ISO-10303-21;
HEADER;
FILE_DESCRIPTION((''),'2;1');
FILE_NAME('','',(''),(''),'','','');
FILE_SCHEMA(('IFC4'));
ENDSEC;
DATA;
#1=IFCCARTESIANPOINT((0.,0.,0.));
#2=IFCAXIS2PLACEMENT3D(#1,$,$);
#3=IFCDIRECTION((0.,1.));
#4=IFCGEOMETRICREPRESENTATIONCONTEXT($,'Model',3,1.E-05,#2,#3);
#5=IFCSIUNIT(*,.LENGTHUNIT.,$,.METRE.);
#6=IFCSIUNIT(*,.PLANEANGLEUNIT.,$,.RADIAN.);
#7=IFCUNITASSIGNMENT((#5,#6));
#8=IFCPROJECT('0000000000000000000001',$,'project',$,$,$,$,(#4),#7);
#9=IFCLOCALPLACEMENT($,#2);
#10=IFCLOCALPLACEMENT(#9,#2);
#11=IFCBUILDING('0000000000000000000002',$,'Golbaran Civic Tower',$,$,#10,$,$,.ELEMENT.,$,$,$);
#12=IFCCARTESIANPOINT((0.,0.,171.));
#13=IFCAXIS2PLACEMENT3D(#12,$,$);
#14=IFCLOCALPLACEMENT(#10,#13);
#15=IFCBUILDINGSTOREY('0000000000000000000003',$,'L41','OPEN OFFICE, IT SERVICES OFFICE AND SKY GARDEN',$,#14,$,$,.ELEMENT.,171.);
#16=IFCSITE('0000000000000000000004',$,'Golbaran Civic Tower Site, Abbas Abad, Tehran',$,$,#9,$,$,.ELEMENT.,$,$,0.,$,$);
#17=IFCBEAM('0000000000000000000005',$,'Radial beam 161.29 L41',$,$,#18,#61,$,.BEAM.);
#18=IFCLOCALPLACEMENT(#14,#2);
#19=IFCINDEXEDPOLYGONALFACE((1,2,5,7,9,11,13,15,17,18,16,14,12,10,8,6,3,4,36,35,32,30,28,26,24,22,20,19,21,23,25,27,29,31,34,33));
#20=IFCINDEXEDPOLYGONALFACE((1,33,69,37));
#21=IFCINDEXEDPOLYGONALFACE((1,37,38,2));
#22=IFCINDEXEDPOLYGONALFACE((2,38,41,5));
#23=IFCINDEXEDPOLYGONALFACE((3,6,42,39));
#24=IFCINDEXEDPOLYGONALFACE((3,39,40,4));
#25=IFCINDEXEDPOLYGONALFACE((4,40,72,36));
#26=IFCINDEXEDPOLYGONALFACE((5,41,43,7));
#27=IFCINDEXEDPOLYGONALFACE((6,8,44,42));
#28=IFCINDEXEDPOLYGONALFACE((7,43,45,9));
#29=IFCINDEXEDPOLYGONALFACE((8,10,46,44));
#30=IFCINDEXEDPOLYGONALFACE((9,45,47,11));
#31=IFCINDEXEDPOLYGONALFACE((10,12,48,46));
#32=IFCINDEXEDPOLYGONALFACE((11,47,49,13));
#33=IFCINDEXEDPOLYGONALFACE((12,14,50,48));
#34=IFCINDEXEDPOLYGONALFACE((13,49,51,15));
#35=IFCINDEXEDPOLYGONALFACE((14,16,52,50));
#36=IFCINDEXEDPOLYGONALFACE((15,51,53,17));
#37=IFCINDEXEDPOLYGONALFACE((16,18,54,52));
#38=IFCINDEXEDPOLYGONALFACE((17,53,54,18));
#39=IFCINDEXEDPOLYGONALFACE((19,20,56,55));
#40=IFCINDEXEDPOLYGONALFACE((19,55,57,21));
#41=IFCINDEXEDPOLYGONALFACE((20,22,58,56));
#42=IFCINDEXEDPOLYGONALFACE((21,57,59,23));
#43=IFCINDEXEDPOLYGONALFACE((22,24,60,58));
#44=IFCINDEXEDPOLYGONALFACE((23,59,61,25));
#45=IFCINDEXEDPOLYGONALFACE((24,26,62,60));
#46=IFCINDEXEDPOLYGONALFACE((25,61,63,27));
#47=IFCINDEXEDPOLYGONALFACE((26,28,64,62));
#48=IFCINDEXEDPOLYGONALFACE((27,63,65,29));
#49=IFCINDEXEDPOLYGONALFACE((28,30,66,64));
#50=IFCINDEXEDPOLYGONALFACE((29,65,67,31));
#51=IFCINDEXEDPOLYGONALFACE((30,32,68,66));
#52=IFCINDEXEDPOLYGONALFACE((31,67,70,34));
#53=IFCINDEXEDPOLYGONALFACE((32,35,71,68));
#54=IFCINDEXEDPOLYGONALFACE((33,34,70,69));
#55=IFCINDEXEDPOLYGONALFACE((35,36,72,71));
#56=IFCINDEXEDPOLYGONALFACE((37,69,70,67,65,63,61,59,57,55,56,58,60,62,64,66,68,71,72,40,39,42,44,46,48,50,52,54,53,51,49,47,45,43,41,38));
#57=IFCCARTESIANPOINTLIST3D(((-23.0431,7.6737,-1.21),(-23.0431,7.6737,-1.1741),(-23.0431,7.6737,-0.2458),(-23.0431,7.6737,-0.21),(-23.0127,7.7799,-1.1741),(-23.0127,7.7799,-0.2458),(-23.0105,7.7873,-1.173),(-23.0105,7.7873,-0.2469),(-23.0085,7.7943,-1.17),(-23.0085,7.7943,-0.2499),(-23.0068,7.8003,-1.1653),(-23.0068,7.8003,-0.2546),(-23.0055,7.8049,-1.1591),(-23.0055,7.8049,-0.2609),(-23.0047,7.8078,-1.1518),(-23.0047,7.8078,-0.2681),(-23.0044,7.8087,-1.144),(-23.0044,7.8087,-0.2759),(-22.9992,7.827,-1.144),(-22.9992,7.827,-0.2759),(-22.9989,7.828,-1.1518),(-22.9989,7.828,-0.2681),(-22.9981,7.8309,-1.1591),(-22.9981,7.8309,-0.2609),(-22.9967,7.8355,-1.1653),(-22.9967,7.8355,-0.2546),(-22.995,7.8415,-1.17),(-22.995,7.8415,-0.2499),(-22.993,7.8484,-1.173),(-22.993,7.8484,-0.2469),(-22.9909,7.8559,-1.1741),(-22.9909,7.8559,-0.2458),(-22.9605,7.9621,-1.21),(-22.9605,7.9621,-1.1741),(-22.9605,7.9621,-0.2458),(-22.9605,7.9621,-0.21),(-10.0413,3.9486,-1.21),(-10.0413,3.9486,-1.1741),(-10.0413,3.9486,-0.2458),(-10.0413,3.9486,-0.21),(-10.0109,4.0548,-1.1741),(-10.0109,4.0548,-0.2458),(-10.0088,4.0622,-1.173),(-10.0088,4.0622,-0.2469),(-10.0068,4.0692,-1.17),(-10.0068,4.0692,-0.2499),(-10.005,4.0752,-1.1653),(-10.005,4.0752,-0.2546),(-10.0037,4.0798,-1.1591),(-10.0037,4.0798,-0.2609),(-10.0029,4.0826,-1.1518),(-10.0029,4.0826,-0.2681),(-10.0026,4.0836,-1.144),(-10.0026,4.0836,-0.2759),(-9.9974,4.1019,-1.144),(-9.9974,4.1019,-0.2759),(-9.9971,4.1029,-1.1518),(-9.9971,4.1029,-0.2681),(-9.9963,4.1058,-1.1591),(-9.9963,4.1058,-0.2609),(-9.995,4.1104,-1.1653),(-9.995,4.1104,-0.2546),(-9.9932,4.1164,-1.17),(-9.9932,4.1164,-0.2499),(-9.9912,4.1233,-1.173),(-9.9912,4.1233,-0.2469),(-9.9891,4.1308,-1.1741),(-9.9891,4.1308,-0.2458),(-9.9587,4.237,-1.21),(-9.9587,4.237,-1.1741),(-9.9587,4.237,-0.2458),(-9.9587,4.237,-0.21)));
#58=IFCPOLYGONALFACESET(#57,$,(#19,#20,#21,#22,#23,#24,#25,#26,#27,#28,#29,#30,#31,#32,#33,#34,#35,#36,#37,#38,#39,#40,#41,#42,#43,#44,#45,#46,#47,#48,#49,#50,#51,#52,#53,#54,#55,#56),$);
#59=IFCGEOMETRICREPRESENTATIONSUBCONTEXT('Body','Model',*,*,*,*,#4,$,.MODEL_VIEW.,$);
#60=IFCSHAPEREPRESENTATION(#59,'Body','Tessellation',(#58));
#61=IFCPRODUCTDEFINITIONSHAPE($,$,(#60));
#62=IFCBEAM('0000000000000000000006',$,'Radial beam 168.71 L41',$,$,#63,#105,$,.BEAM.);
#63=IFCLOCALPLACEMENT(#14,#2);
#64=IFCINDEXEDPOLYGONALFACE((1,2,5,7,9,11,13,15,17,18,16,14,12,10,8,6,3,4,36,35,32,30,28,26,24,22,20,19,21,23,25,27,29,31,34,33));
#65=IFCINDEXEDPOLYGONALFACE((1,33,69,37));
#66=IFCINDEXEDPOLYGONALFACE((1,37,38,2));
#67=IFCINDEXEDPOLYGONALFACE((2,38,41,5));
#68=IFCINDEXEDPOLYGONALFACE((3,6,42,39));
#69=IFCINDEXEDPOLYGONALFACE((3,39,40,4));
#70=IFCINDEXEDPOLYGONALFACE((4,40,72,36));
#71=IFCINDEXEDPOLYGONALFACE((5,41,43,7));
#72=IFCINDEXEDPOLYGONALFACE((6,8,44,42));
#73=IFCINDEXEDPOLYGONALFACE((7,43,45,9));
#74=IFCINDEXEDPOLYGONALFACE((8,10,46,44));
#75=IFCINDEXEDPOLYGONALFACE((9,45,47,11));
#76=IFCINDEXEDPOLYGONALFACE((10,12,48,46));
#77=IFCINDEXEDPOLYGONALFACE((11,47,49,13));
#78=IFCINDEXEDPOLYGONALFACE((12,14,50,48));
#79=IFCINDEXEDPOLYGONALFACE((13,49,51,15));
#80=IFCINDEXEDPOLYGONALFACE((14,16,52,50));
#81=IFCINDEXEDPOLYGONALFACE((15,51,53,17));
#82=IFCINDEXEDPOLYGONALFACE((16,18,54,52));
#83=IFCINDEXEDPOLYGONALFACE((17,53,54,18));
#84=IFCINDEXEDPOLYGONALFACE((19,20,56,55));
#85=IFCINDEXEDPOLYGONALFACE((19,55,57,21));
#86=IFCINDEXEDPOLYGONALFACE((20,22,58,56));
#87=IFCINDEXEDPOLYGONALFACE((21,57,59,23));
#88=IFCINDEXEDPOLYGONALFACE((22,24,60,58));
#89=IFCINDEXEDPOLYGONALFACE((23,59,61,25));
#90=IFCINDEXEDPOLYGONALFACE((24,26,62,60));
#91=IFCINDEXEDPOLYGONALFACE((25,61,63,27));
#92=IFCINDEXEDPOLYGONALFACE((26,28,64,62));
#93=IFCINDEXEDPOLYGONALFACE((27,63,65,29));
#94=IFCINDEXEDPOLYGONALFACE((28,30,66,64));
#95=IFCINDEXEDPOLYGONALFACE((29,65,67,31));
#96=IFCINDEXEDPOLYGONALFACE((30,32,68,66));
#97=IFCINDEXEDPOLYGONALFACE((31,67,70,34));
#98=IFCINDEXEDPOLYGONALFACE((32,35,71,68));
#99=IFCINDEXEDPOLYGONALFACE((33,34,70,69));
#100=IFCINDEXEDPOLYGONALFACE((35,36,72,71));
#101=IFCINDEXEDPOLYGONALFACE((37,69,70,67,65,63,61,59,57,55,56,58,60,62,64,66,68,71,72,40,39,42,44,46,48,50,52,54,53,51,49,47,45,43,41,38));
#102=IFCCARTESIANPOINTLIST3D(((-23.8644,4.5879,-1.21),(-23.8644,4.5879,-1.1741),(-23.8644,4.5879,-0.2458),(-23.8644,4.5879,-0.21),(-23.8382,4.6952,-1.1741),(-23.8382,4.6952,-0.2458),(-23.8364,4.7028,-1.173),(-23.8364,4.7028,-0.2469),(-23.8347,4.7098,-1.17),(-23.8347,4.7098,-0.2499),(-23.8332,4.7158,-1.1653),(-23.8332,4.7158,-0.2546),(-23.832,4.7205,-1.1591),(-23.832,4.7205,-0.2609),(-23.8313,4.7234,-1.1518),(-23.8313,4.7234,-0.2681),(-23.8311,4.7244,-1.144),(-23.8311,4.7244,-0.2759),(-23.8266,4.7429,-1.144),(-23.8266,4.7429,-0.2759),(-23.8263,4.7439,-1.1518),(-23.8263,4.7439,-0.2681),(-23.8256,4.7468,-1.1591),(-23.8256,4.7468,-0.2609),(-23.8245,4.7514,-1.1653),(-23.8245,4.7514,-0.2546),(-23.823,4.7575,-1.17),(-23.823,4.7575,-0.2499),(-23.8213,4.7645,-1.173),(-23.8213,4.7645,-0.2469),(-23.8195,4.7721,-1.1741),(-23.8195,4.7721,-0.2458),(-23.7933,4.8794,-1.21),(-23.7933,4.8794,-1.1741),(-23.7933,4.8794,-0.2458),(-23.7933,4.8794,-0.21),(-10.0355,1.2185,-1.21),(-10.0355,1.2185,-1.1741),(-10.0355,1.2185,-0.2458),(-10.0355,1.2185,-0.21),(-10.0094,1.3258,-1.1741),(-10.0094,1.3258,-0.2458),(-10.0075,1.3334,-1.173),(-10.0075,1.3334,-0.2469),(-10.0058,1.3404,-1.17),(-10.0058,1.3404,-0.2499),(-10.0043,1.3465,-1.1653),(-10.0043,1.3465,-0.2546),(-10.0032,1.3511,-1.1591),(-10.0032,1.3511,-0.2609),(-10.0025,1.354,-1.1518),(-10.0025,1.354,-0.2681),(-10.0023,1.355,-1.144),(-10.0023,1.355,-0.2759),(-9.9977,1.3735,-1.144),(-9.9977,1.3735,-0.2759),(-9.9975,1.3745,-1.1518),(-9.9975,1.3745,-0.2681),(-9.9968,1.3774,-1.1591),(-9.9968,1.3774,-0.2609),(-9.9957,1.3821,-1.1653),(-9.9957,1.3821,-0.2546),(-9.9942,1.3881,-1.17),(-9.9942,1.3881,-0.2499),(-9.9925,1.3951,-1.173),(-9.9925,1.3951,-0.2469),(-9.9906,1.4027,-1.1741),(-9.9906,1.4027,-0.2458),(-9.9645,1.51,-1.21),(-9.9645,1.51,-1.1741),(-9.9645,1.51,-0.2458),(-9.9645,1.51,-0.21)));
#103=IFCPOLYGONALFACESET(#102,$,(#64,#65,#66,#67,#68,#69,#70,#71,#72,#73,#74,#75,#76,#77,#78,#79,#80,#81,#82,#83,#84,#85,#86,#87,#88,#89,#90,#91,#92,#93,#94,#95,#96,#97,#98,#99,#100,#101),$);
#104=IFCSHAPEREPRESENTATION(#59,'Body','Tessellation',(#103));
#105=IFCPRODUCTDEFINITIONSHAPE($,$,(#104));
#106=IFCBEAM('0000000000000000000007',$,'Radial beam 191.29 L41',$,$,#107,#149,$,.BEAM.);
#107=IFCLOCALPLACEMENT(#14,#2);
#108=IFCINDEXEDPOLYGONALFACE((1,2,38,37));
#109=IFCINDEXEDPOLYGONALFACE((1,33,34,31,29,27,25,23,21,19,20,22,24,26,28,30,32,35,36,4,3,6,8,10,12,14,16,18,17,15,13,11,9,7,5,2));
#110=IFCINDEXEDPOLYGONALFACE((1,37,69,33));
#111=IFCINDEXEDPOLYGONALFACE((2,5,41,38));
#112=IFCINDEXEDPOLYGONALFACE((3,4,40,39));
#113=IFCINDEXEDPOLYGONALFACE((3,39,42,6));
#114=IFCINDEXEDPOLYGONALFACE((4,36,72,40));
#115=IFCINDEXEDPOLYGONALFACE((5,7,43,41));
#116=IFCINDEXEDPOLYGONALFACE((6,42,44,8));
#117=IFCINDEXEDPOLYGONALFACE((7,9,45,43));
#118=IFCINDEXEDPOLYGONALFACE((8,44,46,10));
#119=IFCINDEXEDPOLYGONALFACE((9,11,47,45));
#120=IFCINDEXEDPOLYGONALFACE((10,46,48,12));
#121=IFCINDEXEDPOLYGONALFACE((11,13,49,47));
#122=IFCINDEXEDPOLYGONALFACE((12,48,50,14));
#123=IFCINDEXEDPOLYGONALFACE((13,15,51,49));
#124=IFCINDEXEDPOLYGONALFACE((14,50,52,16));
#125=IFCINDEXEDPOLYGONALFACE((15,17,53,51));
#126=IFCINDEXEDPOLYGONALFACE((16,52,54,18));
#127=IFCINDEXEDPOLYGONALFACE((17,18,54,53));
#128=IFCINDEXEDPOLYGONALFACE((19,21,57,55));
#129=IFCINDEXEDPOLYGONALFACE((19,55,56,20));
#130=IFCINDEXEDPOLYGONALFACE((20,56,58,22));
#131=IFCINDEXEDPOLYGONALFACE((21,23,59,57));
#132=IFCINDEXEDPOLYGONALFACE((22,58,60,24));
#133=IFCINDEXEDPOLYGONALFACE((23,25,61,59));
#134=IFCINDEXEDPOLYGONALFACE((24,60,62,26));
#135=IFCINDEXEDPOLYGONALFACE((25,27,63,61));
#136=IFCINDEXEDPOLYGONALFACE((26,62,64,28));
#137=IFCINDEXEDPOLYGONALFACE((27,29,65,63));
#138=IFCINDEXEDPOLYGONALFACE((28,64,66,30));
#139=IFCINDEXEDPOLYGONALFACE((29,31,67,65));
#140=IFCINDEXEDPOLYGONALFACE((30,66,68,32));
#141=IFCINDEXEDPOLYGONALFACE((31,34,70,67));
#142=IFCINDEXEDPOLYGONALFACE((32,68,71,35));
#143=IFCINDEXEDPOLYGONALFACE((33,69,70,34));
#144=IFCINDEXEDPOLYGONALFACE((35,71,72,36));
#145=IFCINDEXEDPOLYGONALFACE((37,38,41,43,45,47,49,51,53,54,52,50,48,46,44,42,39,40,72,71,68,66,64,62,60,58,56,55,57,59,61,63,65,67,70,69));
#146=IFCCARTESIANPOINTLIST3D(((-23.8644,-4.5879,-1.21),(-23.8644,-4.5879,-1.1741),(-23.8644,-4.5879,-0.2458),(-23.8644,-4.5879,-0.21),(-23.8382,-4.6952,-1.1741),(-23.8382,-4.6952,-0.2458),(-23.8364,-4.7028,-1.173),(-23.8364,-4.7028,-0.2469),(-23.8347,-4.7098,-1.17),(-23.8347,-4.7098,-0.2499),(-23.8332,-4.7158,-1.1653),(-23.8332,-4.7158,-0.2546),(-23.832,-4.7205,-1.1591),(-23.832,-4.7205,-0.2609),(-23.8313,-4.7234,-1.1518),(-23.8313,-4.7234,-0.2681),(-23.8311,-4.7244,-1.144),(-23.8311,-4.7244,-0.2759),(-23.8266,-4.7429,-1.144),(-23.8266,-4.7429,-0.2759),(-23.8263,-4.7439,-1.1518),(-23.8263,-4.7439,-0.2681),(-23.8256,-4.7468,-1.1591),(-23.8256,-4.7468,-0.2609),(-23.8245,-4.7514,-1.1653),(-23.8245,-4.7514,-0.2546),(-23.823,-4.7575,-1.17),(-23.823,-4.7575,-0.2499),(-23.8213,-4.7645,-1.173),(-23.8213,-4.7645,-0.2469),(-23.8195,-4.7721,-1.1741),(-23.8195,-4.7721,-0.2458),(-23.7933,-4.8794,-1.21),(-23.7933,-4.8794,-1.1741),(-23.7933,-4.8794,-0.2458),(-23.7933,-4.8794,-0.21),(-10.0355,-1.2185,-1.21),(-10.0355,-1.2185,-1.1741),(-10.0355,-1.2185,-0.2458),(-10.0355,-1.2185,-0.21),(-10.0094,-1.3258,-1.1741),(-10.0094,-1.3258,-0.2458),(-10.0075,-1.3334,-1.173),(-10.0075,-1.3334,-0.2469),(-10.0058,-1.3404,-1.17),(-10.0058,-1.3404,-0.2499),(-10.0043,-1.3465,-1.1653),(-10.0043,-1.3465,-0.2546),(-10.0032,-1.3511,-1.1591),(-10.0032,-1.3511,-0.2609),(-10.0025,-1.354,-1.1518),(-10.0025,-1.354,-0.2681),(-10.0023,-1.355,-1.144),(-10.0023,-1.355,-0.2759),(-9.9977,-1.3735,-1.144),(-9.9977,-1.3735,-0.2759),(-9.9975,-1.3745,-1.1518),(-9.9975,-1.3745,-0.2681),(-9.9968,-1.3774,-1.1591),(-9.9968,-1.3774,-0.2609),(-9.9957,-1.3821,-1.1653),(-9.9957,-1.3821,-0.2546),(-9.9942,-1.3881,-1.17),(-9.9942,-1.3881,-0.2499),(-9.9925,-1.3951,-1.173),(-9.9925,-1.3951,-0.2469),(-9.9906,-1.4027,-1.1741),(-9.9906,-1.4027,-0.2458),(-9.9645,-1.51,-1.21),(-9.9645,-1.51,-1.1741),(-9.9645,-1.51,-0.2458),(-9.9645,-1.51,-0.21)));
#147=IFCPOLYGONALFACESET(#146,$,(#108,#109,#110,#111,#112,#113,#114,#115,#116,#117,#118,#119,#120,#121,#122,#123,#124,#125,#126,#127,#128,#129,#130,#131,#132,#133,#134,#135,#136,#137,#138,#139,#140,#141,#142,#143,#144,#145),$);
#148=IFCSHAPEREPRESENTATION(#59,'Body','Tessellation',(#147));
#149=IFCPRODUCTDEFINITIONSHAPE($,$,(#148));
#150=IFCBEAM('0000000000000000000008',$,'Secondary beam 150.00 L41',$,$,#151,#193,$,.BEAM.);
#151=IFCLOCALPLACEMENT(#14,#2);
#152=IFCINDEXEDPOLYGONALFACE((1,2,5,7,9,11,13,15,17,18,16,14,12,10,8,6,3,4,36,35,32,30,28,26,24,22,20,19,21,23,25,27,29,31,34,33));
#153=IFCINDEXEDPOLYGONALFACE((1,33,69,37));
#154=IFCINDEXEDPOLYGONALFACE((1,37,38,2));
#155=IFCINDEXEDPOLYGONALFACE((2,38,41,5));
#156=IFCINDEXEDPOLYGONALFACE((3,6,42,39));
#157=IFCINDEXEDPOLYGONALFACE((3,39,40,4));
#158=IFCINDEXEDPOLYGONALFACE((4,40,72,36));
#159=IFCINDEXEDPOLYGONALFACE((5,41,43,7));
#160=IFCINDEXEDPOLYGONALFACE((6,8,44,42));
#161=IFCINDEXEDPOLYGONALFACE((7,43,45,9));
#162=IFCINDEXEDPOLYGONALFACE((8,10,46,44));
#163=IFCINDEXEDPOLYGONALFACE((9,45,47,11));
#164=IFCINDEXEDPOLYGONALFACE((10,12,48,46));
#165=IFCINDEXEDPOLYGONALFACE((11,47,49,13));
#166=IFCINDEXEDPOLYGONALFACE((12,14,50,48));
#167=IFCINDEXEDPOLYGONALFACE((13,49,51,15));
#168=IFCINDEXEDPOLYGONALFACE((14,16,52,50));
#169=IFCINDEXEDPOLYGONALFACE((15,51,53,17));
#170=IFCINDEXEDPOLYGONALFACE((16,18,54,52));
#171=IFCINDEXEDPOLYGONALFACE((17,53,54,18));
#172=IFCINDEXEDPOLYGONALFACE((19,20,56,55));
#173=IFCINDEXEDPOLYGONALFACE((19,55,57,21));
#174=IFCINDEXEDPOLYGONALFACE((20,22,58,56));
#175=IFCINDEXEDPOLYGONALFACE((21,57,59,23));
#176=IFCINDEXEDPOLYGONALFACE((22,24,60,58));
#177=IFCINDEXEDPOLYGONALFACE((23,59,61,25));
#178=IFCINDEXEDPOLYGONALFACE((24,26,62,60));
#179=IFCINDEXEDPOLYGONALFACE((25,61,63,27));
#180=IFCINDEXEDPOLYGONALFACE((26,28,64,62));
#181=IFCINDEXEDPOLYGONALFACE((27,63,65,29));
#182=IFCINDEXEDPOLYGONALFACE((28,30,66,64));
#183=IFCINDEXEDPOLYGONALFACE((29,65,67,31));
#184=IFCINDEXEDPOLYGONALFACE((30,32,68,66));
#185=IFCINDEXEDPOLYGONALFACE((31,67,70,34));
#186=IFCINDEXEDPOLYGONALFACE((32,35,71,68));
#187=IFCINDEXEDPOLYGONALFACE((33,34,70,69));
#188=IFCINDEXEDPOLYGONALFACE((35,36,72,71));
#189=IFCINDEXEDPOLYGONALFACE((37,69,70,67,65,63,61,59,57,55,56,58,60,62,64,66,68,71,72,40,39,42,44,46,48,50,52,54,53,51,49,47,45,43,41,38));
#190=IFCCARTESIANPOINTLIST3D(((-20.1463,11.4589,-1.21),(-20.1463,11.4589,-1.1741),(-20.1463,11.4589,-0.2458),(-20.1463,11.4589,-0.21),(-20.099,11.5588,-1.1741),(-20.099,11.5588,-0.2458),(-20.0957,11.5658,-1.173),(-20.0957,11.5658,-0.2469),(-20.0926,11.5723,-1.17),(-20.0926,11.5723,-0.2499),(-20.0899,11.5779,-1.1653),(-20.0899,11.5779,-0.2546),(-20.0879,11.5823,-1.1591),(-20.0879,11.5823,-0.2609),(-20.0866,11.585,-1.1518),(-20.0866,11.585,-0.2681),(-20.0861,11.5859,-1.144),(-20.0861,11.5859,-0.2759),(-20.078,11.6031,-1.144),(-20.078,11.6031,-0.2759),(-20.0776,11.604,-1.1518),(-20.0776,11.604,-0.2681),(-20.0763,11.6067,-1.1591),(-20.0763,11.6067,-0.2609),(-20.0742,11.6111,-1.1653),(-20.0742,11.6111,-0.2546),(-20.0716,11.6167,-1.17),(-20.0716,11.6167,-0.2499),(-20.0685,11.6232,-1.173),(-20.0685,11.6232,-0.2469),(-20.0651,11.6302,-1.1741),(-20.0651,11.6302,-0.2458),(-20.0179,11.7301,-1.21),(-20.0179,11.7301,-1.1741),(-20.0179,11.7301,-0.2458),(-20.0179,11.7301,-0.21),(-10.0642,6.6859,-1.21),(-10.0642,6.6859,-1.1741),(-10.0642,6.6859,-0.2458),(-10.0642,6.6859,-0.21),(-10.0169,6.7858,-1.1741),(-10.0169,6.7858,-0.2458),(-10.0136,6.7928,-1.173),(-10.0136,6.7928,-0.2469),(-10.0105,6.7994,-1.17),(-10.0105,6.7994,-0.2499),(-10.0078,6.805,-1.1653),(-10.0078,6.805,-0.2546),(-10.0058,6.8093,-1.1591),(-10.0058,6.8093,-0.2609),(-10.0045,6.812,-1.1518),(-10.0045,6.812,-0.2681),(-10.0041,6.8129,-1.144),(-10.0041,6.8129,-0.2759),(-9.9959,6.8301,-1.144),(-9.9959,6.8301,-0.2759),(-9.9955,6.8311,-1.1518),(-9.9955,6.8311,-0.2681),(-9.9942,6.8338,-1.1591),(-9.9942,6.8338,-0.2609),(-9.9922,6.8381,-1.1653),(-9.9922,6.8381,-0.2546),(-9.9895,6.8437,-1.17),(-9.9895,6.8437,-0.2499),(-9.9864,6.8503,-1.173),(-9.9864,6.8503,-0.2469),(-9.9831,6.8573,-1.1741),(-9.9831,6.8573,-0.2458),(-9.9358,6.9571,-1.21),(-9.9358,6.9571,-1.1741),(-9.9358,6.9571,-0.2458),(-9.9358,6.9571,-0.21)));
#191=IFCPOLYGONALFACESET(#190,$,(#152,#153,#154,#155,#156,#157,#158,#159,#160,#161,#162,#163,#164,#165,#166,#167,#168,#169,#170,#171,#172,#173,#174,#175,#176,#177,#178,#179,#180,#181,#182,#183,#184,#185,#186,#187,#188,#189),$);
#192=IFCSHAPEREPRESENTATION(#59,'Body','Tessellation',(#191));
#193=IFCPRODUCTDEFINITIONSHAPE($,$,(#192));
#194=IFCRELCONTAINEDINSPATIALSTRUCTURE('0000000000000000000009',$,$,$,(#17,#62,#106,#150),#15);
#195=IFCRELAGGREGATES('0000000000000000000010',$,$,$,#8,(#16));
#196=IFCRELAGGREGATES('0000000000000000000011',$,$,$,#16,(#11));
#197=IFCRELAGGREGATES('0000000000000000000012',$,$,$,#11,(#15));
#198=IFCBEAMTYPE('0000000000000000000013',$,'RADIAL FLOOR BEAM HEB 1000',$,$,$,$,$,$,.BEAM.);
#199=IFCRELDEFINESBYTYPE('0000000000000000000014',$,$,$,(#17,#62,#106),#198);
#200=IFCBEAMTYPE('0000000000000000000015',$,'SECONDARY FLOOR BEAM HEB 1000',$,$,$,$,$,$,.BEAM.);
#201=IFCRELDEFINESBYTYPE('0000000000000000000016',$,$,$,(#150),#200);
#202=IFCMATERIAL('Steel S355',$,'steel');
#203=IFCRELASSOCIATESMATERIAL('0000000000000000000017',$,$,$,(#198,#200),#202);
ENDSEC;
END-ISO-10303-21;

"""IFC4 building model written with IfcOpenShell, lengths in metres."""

from ifc_helpers import new_model, si_unit, direction, frame, origin, origin_2d, place, context, subcontext, project, spatial, i_section, extrude, material, material_profile, profile_set, type_object, element, save


model = new_model("IFC4")

# Units and contexts
model_context = context("Model", 3, precision=1e-05, world=origin(), true_north=direction((0.0, 1.0)))
body_context = subcontext(model_context, "Body", "Model", "MODEL_VIEW")
ifc_project = project(units=[si_unit("LENGTHUNIT", "METRE"), si_unit("PLANEANGLEUNIT", "RADIAN")], contexts=[model_context])

# Site, building, storey
site_placement = place(None, origin())
site = spatial("IfcSite", under=ifc_project, at=site_placement, Name="Golbaran Civic Tower Site, Abbas Abad, Tehran", CompositionType="ELEMENT", RefElevation=0.0)
building_placement = place(site_placement, origin())
building = spatial("IfcBuilding", under=site, at=building_placement, Name="Golbaran Civic Tower", CompositionType="ELEMENT")
storey_placement = place(building_placement, frame((0.0, 0.0, 171.0)))
storey = spatial("IfcBuildingStorey", under=building, at=storey_placement, Name="L41", Description="OPEN OFFICE, IT SERVICES OFFICE AND SKY GARDEN", CompositionType="ELEMENT", Elevation=171.0)

# Beams
ifc_material_1 = material(Name="Steel S355", Category="steel")
ifc_material_profile_1 = material_profile(ifc_material_1, i_section(OverallWidth=0.3, OverallDepth=1.0, WebThickness=0.019, FlangeThickness=0.0359, FilletRadius=0.03, at=origin_2d()), Name="HEB 1000")
ifc_profile_set_1 = profile_set([ifc_material_profile_1], Name="Steel S355")
beam_type_1 = type_object("IfcBeamType", Name="RADIAL FLOOR BEAM HEB 1000", PredefinedType="BEAM", material=ifc_profile_set_1)
beam_1_placement = place(storey_placement, frame((-10.0, 4.0928, -0.71), z_axis=(-0.961322, 0.275427, 0.0), x_axis=(-0.275427, -0.961322, 0.0)))
element("IfcBeam", 1, at=beam_1_placement, inside=storey, type_object=beam_type_1, Name="Radial beam 161.29 L41", PredefinedType="BEAM", context=body_context, shape_type="SweptSolid", body=[
    extrude(i_section(OverallWidth=0.3, OverallDepth=1.0, WebThickness=0.019, FlangeThickness=0.0359, FilletRadius=0.03, at=origin_2d()), origin(), (0.0, 0.0, 1.0), 13.5249),
])
for number, where, z_axis, x_axis, name in (
    (2, (-10.0, 1.3643, -0.71), (-0.971577, 0.236724, 0.0), (-0.236724, -0.971577, 0.0), "Radial beam 168.71 L41"),
    (3, (-10.0, -1.3643, -0.71), (-0.971577, -0.236724, 0.0), (0.236724, -0.971577, 0.0), "Radial beam 191.29 L41"),
):
    element("IfcBeam", number, at=place(storey_placement, frame(where, z_axis=z_axis, x_axis=x_axis)), inside=storey, type_object=beam_type_1, Name=name, PredefinedType="BEAM", context=body_context, shape_type="SweptSolid", body=[
        extrude(i_section(OverallWidth=0.3, OverallDepth=1.0, WebThickness=0.019, FlangeThickness=0.0359, FilletRadius=0.03, at=origin_2d()), origin(), (0.0, 0.0, 1.0), 14.2334),
    ])
ifc_material_profile_2 = material_profile(ifc_material_1, i_section(OverallWidth=0.3, OverallDepth=1.0, WebThickness=0.019, FlangeThickness=0.0359, FilletRadius=0.03, at=origin_2d()), Name="HEB 1000")
ifc_profile_set_2 = profile_set([ifc_material_profile_2], Name="Steel S355")
beam_type_2 = type_object("IfcBeamType", Name="SECONDARY FLOOR BEAM HEB 1000", PredefinedType="BEAM", material=ifc_profile_set_2)
beam_2_placement = place(storey_placement, frame((-10.0, 6.8215, -0.71), z_axis=(-0.903833, 0.427885, 0.0), x_axis=(-0.427885, -0.903833, 0.0)))
element("IfcBeam", 4, at=beam_2_placement, inside=storey, type_object=beam_type_2, Name="Secondary beam 150.00 L41", PredefinedType="BEAM", context=body_context, shape_type="SweptSolid", body=[
    extrude(i_section(OverallWidth=0.3, OverallDepth=1.0, WebThickness=0.019, FlangeThickness=0.0359, FilletRadius=0.03, at=origin_2d()), origin(), (0.0, 0.0, 1.0), 11.1548),
])

save(model, "model.ifc")
